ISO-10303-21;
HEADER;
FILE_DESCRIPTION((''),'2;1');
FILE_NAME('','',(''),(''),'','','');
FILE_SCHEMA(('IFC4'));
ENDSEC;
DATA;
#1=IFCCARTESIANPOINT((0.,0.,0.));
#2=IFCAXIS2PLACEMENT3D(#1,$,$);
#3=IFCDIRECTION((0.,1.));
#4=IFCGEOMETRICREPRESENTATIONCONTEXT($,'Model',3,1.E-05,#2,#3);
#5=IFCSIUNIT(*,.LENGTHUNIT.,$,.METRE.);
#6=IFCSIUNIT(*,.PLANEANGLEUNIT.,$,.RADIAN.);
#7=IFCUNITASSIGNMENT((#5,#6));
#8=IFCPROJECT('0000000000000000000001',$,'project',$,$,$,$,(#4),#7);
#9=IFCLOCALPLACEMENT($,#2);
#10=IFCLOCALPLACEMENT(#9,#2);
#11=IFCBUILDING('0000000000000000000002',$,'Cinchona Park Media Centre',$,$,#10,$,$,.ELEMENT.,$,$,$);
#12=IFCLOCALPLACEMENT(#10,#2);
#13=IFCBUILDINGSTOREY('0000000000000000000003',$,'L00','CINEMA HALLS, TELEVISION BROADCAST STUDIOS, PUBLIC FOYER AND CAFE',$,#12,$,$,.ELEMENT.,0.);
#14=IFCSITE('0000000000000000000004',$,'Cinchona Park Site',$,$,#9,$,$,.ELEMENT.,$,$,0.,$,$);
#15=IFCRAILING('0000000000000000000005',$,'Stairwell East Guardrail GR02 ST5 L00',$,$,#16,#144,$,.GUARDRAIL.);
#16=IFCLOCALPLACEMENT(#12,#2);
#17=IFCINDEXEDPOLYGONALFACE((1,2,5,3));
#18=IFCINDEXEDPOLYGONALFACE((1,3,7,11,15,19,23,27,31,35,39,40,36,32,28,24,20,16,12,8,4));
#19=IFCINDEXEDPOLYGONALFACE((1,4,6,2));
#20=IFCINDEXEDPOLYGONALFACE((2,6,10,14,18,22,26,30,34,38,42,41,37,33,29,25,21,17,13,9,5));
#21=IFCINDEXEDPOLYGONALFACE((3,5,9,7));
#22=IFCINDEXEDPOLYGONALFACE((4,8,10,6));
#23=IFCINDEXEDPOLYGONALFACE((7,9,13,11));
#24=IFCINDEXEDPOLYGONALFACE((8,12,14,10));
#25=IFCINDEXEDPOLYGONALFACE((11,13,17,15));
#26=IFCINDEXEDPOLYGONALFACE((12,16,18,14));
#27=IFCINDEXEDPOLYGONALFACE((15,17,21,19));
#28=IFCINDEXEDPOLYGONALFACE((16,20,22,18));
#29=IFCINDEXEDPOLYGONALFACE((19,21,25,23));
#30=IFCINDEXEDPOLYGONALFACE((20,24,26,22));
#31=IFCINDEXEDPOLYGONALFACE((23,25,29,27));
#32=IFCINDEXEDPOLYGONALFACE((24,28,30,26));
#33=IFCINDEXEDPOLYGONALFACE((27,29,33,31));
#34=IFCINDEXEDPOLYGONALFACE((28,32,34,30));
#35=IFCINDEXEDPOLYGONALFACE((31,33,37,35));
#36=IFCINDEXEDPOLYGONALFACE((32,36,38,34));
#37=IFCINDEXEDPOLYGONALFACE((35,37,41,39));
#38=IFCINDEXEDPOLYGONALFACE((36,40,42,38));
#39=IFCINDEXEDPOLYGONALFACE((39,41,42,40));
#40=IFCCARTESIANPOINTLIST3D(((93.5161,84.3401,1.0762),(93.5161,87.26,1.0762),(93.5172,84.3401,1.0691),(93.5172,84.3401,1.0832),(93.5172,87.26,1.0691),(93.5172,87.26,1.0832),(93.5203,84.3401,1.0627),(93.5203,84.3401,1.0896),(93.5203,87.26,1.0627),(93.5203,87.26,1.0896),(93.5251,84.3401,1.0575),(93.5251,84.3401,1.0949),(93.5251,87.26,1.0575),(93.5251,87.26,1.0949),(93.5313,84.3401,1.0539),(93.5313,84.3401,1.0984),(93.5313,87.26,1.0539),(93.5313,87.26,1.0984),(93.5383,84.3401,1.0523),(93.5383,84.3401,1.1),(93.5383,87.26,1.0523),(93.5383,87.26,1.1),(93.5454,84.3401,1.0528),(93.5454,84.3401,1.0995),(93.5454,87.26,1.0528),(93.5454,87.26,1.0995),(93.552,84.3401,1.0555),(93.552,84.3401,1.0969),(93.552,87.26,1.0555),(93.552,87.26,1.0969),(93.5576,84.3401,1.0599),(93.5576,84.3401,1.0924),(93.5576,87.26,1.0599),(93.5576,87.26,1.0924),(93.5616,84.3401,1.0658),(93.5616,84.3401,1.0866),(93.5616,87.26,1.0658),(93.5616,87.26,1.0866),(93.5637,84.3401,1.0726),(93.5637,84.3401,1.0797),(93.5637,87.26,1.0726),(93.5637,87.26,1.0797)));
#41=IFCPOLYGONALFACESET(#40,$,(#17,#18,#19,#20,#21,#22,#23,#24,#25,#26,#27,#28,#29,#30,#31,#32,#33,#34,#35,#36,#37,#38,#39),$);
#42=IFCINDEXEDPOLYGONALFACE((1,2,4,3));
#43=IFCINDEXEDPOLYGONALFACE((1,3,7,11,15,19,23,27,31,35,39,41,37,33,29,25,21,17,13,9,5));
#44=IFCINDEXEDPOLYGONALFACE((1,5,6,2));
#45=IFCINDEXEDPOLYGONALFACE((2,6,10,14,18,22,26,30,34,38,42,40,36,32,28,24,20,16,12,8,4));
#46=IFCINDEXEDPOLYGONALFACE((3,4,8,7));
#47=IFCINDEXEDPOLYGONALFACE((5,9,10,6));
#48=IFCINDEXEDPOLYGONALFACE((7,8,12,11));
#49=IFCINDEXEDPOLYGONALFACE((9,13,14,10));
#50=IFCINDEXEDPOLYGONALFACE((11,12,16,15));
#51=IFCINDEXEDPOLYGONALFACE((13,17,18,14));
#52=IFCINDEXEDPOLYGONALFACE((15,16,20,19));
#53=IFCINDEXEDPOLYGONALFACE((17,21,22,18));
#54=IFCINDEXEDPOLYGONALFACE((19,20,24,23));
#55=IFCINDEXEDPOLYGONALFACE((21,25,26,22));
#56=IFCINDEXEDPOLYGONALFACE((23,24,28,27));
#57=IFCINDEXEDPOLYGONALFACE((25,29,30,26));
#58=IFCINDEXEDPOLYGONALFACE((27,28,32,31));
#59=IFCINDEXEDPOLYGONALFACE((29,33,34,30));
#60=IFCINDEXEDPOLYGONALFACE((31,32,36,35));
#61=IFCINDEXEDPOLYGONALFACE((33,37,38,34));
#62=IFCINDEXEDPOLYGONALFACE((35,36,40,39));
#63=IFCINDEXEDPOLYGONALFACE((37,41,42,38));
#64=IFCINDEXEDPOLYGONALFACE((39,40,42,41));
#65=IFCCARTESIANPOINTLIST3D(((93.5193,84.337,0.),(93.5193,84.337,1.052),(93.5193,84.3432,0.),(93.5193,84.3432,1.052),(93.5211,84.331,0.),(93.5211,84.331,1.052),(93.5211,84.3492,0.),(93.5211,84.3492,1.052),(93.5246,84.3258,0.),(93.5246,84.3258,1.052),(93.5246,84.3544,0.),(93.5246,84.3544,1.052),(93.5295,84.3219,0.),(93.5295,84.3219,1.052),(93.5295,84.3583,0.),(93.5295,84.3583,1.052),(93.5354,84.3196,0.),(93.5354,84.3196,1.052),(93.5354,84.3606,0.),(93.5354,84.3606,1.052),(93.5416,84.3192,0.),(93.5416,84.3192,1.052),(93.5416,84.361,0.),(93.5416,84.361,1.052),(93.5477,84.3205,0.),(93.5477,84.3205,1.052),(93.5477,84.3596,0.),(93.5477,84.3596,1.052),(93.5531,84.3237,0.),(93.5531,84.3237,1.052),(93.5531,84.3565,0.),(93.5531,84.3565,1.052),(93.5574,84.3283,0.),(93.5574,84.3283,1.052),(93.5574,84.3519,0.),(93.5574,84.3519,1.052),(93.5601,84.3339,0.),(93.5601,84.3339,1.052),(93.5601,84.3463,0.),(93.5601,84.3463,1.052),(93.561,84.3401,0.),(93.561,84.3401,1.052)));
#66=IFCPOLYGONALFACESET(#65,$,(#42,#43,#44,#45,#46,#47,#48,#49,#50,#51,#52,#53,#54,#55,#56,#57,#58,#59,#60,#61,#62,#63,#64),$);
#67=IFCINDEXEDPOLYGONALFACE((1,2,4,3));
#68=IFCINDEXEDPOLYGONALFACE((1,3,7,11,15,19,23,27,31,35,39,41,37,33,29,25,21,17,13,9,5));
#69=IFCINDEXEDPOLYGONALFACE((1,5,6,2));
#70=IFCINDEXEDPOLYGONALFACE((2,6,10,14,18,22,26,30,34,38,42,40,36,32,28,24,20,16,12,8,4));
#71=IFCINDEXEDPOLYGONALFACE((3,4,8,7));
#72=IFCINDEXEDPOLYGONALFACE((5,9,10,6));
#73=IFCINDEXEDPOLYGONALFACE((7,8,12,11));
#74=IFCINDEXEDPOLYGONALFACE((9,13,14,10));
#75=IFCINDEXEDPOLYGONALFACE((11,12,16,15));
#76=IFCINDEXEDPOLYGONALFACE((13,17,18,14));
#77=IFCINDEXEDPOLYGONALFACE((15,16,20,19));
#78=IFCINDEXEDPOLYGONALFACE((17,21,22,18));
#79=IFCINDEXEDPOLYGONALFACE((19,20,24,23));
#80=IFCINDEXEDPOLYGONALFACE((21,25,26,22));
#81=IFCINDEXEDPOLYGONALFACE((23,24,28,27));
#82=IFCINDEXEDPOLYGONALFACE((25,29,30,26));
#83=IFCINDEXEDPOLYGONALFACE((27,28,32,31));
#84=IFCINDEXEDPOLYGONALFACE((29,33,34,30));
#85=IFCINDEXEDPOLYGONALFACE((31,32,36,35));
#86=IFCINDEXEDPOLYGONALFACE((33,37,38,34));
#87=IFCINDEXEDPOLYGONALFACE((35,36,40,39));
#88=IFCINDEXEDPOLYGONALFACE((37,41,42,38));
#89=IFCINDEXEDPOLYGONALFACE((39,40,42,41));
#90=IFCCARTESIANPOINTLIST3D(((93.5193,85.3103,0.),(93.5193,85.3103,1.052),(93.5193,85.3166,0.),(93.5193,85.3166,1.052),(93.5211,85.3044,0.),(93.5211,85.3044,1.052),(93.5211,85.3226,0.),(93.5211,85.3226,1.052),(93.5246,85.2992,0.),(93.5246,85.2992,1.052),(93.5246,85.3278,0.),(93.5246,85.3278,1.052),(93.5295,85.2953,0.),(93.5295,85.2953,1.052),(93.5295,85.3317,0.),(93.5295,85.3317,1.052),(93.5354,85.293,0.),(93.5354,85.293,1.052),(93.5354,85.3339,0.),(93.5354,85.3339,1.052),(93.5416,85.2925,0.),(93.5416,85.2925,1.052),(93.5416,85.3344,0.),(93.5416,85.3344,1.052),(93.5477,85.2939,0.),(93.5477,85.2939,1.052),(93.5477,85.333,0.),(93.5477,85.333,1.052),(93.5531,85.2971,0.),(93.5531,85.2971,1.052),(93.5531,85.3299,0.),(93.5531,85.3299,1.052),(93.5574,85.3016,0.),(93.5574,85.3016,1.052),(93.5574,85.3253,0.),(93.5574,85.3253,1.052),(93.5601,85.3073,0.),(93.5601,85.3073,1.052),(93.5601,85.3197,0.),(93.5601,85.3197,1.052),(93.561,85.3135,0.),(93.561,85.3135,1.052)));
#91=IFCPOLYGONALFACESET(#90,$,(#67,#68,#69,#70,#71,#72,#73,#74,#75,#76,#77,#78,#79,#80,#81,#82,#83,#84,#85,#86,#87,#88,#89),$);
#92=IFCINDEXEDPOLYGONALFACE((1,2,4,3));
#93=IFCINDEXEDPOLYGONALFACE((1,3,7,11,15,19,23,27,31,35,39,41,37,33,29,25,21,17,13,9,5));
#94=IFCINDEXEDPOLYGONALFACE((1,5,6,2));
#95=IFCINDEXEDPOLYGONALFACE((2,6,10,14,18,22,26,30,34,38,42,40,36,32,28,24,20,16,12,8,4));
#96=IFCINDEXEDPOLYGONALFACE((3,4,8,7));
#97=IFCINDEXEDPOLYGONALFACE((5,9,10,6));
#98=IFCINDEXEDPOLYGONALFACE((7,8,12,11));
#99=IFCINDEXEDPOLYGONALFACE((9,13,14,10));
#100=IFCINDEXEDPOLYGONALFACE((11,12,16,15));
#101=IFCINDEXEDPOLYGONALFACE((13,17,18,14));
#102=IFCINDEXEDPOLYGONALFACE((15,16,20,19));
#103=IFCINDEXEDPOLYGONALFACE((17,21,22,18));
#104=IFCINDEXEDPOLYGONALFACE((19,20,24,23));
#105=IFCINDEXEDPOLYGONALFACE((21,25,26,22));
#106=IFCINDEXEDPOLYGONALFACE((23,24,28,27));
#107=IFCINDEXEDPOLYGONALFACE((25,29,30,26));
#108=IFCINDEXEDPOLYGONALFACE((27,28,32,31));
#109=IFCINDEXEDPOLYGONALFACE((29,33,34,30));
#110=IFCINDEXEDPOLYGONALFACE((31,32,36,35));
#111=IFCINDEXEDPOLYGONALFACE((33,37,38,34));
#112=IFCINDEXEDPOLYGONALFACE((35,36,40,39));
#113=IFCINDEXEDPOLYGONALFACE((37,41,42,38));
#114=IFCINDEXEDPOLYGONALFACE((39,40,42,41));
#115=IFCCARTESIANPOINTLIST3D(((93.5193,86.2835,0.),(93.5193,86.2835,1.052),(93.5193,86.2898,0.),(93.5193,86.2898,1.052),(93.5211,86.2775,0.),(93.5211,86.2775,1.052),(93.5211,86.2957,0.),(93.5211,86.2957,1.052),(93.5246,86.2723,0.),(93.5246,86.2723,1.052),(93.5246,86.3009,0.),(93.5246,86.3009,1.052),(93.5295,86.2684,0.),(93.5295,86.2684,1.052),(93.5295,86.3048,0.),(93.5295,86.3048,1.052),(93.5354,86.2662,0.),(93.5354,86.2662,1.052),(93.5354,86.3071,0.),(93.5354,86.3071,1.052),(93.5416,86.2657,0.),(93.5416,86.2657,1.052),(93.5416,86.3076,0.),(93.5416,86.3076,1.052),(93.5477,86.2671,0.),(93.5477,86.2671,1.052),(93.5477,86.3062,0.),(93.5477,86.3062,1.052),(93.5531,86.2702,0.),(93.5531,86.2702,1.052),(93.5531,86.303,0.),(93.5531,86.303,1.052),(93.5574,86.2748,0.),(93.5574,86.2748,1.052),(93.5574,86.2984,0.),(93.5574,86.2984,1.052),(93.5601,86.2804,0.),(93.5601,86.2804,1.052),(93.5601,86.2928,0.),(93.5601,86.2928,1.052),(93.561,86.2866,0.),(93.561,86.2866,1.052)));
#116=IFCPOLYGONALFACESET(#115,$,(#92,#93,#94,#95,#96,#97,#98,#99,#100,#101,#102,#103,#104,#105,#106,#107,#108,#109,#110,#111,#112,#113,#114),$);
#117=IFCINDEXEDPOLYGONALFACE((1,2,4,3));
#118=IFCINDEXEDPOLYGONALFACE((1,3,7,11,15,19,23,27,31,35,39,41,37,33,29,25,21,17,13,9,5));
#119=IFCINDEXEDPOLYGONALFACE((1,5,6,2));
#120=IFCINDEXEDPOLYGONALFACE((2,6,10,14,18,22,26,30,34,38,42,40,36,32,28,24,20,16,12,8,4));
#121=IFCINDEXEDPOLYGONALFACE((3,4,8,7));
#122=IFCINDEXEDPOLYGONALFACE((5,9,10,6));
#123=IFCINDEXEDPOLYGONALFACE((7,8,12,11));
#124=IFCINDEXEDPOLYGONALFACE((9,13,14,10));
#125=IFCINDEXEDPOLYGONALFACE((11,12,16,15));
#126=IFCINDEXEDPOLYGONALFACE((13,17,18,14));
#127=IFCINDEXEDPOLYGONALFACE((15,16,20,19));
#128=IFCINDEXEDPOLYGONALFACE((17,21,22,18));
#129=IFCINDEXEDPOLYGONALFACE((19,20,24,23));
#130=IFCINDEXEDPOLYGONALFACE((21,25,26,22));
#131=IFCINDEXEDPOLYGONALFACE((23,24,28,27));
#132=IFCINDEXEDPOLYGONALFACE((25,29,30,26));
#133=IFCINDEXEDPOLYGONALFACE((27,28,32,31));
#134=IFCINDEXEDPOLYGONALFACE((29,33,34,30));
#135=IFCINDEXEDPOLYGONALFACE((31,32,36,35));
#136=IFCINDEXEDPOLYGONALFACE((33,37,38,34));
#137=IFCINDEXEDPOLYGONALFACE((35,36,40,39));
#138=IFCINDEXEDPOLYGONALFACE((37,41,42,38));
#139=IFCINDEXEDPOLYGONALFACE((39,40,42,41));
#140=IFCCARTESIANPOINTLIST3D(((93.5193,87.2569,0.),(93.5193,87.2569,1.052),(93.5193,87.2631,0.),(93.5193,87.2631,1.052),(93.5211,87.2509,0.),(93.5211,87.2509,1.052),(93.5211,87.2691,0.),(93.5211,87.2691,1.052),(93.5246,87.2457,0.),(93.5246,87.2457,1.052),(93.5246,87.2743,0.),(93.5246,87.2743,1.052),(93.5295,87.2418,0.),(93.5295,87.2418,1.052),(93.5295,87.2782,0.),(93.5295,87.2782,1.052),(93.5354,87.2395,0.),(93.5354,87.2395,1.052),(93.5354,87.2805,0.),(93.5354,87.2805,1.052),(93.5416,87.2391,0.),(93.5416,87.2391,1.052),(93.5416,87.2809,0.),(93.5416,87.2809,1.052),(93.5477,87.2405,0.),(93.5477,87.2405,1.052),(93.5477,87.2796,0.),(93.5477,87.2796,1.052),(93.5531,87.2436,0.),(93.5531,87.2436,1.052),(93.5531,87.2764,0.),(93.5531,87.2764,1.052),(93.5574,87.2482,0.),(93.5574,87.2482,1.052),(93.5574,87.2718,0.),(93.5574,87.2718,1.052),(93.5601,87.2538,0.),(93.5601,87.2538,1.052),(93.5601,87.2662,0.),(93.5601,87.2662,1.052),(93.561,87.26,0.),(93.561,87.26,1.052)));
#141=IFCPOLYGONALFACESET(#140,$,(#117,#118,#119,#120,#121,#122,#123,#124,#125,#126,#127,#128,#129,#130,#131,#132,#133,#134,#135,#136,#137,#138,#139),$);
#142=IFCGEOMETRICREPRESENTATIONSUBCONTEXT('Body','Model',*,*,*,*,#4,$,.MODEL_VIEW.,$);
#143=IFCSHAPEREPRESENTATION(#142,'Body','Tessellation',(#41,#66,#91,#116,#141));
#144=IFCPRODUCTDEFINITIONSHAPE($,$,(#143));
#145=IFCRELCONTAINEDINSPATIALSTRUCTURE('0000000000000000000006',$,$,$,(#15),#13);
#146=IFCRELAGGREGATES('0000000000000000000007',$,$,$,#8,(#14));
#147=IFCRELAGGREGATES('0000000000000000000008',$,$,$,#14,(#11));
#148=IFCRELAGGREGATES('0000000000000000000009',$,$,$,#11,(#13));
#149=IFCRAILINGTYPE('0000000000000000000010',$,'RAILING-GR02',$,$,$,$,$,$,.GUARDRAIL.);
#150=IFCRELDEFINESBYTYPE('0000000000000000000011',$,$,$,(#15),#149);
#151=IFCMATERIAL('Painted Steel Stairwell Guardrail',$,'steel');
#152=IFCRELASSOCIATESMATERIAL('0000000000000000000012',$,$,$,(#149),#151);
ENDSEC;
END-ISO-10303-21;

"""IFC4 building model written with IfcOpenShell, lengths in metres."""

from ifc_helpers import new_model, si_unit, direction, frame, origin, origin_2d, place, context, subcontext, project, spatial, circle, extrude, material, type_object, element, save


model = new_model("IFC4")

# Units and contexts
model_context = context("Model", 3, precision=1e-05, world=origin(), true_north=direction((0.0, 1.0)))
body_context = subcontext(model_context, "Body", "Model", "MODEL_VIEW")
ifc_project = project(units=[si_unit("LENGTHUNIT", "METRE"), si_unit("PLANEANGLEUNIT", "RADIAN")], contexts=[model_context])

# Site, building, storey
site_placement = place(None, origin())
site = spatial("IfcSite", under=ifc_project, at=site_placement, Name="Cinchona Park Site", CompositionType="ELEMENT", RefElevation=0.0)
building_placement = place(site_placement, origin())
building = spatial("IfcBuilding", under=site, at=building_placement, Name="Cinchona Park Media Centre", CompositionType="ELEMENT")
storey_placement = place(building_placement, origin())
storey = spatial("IfcBuildingStorey", under=building, at=storey_placement, Name="L00", Description="CINEMA HALLS, TELEVISION BROADCAST STUDIOS, PUBLIC FOYER AND CAFE", CompositionType="ELEMENT", Elevation=0.0)

# Railing
ifc_material_1 = material(Name="Painted Steel Stairwell Guardrail", Category="steel")
railing_type_1 = type_object("IfcRailingType", Name="RAILING-GR02", PredefinedType="GUARDRAIL", material=ifc_material_1)
railing_1_placement = place(storey_placement, frame((93.54, 84.3401, 0.0)))
element("IfcRailing", 1, at=railing_1_placement, inside=storey, type_object=railing_type_1, Name="Stairwell East Guardrail GR02 ST5 L00", PredefinedType="GUARDRAIL", context=body_context, shape_type="SweptSolid", body=[
    extrude(circle(Radius=0.0239, at=origin_2d()), frame((0.0, 0.0, 1.0762), z_axis=(0.0, 1.0, 0.0), x_axis=(-1.0, 0.0, 0.0)), (0.0, 0.0, 1.0), 2.9199),
    extrude(circle(Radius=0.021, at=origin_2d()), origin(), (0.0, 0.0, 1.0), 1.052),
    extrude(circle(Radius=0.021, at=origin_2d()), frame((0.0, 0.9734, 0.0)), (0.0, 0.0, 1.0), 1.052),
    extrude(circle(Radius=0.021, at=origin_2d()), frame((0.0, 1.9465, 0.0)), (0.0, 0.0, 1.0), 1.052),
    extrude(circle(Radius=0.021, at=origin_2d()), frame((0.0, 2.9199, 0.0)), (0.0, 0.0, 1.0), 1.052),
])

save(model, "model.ifc")
